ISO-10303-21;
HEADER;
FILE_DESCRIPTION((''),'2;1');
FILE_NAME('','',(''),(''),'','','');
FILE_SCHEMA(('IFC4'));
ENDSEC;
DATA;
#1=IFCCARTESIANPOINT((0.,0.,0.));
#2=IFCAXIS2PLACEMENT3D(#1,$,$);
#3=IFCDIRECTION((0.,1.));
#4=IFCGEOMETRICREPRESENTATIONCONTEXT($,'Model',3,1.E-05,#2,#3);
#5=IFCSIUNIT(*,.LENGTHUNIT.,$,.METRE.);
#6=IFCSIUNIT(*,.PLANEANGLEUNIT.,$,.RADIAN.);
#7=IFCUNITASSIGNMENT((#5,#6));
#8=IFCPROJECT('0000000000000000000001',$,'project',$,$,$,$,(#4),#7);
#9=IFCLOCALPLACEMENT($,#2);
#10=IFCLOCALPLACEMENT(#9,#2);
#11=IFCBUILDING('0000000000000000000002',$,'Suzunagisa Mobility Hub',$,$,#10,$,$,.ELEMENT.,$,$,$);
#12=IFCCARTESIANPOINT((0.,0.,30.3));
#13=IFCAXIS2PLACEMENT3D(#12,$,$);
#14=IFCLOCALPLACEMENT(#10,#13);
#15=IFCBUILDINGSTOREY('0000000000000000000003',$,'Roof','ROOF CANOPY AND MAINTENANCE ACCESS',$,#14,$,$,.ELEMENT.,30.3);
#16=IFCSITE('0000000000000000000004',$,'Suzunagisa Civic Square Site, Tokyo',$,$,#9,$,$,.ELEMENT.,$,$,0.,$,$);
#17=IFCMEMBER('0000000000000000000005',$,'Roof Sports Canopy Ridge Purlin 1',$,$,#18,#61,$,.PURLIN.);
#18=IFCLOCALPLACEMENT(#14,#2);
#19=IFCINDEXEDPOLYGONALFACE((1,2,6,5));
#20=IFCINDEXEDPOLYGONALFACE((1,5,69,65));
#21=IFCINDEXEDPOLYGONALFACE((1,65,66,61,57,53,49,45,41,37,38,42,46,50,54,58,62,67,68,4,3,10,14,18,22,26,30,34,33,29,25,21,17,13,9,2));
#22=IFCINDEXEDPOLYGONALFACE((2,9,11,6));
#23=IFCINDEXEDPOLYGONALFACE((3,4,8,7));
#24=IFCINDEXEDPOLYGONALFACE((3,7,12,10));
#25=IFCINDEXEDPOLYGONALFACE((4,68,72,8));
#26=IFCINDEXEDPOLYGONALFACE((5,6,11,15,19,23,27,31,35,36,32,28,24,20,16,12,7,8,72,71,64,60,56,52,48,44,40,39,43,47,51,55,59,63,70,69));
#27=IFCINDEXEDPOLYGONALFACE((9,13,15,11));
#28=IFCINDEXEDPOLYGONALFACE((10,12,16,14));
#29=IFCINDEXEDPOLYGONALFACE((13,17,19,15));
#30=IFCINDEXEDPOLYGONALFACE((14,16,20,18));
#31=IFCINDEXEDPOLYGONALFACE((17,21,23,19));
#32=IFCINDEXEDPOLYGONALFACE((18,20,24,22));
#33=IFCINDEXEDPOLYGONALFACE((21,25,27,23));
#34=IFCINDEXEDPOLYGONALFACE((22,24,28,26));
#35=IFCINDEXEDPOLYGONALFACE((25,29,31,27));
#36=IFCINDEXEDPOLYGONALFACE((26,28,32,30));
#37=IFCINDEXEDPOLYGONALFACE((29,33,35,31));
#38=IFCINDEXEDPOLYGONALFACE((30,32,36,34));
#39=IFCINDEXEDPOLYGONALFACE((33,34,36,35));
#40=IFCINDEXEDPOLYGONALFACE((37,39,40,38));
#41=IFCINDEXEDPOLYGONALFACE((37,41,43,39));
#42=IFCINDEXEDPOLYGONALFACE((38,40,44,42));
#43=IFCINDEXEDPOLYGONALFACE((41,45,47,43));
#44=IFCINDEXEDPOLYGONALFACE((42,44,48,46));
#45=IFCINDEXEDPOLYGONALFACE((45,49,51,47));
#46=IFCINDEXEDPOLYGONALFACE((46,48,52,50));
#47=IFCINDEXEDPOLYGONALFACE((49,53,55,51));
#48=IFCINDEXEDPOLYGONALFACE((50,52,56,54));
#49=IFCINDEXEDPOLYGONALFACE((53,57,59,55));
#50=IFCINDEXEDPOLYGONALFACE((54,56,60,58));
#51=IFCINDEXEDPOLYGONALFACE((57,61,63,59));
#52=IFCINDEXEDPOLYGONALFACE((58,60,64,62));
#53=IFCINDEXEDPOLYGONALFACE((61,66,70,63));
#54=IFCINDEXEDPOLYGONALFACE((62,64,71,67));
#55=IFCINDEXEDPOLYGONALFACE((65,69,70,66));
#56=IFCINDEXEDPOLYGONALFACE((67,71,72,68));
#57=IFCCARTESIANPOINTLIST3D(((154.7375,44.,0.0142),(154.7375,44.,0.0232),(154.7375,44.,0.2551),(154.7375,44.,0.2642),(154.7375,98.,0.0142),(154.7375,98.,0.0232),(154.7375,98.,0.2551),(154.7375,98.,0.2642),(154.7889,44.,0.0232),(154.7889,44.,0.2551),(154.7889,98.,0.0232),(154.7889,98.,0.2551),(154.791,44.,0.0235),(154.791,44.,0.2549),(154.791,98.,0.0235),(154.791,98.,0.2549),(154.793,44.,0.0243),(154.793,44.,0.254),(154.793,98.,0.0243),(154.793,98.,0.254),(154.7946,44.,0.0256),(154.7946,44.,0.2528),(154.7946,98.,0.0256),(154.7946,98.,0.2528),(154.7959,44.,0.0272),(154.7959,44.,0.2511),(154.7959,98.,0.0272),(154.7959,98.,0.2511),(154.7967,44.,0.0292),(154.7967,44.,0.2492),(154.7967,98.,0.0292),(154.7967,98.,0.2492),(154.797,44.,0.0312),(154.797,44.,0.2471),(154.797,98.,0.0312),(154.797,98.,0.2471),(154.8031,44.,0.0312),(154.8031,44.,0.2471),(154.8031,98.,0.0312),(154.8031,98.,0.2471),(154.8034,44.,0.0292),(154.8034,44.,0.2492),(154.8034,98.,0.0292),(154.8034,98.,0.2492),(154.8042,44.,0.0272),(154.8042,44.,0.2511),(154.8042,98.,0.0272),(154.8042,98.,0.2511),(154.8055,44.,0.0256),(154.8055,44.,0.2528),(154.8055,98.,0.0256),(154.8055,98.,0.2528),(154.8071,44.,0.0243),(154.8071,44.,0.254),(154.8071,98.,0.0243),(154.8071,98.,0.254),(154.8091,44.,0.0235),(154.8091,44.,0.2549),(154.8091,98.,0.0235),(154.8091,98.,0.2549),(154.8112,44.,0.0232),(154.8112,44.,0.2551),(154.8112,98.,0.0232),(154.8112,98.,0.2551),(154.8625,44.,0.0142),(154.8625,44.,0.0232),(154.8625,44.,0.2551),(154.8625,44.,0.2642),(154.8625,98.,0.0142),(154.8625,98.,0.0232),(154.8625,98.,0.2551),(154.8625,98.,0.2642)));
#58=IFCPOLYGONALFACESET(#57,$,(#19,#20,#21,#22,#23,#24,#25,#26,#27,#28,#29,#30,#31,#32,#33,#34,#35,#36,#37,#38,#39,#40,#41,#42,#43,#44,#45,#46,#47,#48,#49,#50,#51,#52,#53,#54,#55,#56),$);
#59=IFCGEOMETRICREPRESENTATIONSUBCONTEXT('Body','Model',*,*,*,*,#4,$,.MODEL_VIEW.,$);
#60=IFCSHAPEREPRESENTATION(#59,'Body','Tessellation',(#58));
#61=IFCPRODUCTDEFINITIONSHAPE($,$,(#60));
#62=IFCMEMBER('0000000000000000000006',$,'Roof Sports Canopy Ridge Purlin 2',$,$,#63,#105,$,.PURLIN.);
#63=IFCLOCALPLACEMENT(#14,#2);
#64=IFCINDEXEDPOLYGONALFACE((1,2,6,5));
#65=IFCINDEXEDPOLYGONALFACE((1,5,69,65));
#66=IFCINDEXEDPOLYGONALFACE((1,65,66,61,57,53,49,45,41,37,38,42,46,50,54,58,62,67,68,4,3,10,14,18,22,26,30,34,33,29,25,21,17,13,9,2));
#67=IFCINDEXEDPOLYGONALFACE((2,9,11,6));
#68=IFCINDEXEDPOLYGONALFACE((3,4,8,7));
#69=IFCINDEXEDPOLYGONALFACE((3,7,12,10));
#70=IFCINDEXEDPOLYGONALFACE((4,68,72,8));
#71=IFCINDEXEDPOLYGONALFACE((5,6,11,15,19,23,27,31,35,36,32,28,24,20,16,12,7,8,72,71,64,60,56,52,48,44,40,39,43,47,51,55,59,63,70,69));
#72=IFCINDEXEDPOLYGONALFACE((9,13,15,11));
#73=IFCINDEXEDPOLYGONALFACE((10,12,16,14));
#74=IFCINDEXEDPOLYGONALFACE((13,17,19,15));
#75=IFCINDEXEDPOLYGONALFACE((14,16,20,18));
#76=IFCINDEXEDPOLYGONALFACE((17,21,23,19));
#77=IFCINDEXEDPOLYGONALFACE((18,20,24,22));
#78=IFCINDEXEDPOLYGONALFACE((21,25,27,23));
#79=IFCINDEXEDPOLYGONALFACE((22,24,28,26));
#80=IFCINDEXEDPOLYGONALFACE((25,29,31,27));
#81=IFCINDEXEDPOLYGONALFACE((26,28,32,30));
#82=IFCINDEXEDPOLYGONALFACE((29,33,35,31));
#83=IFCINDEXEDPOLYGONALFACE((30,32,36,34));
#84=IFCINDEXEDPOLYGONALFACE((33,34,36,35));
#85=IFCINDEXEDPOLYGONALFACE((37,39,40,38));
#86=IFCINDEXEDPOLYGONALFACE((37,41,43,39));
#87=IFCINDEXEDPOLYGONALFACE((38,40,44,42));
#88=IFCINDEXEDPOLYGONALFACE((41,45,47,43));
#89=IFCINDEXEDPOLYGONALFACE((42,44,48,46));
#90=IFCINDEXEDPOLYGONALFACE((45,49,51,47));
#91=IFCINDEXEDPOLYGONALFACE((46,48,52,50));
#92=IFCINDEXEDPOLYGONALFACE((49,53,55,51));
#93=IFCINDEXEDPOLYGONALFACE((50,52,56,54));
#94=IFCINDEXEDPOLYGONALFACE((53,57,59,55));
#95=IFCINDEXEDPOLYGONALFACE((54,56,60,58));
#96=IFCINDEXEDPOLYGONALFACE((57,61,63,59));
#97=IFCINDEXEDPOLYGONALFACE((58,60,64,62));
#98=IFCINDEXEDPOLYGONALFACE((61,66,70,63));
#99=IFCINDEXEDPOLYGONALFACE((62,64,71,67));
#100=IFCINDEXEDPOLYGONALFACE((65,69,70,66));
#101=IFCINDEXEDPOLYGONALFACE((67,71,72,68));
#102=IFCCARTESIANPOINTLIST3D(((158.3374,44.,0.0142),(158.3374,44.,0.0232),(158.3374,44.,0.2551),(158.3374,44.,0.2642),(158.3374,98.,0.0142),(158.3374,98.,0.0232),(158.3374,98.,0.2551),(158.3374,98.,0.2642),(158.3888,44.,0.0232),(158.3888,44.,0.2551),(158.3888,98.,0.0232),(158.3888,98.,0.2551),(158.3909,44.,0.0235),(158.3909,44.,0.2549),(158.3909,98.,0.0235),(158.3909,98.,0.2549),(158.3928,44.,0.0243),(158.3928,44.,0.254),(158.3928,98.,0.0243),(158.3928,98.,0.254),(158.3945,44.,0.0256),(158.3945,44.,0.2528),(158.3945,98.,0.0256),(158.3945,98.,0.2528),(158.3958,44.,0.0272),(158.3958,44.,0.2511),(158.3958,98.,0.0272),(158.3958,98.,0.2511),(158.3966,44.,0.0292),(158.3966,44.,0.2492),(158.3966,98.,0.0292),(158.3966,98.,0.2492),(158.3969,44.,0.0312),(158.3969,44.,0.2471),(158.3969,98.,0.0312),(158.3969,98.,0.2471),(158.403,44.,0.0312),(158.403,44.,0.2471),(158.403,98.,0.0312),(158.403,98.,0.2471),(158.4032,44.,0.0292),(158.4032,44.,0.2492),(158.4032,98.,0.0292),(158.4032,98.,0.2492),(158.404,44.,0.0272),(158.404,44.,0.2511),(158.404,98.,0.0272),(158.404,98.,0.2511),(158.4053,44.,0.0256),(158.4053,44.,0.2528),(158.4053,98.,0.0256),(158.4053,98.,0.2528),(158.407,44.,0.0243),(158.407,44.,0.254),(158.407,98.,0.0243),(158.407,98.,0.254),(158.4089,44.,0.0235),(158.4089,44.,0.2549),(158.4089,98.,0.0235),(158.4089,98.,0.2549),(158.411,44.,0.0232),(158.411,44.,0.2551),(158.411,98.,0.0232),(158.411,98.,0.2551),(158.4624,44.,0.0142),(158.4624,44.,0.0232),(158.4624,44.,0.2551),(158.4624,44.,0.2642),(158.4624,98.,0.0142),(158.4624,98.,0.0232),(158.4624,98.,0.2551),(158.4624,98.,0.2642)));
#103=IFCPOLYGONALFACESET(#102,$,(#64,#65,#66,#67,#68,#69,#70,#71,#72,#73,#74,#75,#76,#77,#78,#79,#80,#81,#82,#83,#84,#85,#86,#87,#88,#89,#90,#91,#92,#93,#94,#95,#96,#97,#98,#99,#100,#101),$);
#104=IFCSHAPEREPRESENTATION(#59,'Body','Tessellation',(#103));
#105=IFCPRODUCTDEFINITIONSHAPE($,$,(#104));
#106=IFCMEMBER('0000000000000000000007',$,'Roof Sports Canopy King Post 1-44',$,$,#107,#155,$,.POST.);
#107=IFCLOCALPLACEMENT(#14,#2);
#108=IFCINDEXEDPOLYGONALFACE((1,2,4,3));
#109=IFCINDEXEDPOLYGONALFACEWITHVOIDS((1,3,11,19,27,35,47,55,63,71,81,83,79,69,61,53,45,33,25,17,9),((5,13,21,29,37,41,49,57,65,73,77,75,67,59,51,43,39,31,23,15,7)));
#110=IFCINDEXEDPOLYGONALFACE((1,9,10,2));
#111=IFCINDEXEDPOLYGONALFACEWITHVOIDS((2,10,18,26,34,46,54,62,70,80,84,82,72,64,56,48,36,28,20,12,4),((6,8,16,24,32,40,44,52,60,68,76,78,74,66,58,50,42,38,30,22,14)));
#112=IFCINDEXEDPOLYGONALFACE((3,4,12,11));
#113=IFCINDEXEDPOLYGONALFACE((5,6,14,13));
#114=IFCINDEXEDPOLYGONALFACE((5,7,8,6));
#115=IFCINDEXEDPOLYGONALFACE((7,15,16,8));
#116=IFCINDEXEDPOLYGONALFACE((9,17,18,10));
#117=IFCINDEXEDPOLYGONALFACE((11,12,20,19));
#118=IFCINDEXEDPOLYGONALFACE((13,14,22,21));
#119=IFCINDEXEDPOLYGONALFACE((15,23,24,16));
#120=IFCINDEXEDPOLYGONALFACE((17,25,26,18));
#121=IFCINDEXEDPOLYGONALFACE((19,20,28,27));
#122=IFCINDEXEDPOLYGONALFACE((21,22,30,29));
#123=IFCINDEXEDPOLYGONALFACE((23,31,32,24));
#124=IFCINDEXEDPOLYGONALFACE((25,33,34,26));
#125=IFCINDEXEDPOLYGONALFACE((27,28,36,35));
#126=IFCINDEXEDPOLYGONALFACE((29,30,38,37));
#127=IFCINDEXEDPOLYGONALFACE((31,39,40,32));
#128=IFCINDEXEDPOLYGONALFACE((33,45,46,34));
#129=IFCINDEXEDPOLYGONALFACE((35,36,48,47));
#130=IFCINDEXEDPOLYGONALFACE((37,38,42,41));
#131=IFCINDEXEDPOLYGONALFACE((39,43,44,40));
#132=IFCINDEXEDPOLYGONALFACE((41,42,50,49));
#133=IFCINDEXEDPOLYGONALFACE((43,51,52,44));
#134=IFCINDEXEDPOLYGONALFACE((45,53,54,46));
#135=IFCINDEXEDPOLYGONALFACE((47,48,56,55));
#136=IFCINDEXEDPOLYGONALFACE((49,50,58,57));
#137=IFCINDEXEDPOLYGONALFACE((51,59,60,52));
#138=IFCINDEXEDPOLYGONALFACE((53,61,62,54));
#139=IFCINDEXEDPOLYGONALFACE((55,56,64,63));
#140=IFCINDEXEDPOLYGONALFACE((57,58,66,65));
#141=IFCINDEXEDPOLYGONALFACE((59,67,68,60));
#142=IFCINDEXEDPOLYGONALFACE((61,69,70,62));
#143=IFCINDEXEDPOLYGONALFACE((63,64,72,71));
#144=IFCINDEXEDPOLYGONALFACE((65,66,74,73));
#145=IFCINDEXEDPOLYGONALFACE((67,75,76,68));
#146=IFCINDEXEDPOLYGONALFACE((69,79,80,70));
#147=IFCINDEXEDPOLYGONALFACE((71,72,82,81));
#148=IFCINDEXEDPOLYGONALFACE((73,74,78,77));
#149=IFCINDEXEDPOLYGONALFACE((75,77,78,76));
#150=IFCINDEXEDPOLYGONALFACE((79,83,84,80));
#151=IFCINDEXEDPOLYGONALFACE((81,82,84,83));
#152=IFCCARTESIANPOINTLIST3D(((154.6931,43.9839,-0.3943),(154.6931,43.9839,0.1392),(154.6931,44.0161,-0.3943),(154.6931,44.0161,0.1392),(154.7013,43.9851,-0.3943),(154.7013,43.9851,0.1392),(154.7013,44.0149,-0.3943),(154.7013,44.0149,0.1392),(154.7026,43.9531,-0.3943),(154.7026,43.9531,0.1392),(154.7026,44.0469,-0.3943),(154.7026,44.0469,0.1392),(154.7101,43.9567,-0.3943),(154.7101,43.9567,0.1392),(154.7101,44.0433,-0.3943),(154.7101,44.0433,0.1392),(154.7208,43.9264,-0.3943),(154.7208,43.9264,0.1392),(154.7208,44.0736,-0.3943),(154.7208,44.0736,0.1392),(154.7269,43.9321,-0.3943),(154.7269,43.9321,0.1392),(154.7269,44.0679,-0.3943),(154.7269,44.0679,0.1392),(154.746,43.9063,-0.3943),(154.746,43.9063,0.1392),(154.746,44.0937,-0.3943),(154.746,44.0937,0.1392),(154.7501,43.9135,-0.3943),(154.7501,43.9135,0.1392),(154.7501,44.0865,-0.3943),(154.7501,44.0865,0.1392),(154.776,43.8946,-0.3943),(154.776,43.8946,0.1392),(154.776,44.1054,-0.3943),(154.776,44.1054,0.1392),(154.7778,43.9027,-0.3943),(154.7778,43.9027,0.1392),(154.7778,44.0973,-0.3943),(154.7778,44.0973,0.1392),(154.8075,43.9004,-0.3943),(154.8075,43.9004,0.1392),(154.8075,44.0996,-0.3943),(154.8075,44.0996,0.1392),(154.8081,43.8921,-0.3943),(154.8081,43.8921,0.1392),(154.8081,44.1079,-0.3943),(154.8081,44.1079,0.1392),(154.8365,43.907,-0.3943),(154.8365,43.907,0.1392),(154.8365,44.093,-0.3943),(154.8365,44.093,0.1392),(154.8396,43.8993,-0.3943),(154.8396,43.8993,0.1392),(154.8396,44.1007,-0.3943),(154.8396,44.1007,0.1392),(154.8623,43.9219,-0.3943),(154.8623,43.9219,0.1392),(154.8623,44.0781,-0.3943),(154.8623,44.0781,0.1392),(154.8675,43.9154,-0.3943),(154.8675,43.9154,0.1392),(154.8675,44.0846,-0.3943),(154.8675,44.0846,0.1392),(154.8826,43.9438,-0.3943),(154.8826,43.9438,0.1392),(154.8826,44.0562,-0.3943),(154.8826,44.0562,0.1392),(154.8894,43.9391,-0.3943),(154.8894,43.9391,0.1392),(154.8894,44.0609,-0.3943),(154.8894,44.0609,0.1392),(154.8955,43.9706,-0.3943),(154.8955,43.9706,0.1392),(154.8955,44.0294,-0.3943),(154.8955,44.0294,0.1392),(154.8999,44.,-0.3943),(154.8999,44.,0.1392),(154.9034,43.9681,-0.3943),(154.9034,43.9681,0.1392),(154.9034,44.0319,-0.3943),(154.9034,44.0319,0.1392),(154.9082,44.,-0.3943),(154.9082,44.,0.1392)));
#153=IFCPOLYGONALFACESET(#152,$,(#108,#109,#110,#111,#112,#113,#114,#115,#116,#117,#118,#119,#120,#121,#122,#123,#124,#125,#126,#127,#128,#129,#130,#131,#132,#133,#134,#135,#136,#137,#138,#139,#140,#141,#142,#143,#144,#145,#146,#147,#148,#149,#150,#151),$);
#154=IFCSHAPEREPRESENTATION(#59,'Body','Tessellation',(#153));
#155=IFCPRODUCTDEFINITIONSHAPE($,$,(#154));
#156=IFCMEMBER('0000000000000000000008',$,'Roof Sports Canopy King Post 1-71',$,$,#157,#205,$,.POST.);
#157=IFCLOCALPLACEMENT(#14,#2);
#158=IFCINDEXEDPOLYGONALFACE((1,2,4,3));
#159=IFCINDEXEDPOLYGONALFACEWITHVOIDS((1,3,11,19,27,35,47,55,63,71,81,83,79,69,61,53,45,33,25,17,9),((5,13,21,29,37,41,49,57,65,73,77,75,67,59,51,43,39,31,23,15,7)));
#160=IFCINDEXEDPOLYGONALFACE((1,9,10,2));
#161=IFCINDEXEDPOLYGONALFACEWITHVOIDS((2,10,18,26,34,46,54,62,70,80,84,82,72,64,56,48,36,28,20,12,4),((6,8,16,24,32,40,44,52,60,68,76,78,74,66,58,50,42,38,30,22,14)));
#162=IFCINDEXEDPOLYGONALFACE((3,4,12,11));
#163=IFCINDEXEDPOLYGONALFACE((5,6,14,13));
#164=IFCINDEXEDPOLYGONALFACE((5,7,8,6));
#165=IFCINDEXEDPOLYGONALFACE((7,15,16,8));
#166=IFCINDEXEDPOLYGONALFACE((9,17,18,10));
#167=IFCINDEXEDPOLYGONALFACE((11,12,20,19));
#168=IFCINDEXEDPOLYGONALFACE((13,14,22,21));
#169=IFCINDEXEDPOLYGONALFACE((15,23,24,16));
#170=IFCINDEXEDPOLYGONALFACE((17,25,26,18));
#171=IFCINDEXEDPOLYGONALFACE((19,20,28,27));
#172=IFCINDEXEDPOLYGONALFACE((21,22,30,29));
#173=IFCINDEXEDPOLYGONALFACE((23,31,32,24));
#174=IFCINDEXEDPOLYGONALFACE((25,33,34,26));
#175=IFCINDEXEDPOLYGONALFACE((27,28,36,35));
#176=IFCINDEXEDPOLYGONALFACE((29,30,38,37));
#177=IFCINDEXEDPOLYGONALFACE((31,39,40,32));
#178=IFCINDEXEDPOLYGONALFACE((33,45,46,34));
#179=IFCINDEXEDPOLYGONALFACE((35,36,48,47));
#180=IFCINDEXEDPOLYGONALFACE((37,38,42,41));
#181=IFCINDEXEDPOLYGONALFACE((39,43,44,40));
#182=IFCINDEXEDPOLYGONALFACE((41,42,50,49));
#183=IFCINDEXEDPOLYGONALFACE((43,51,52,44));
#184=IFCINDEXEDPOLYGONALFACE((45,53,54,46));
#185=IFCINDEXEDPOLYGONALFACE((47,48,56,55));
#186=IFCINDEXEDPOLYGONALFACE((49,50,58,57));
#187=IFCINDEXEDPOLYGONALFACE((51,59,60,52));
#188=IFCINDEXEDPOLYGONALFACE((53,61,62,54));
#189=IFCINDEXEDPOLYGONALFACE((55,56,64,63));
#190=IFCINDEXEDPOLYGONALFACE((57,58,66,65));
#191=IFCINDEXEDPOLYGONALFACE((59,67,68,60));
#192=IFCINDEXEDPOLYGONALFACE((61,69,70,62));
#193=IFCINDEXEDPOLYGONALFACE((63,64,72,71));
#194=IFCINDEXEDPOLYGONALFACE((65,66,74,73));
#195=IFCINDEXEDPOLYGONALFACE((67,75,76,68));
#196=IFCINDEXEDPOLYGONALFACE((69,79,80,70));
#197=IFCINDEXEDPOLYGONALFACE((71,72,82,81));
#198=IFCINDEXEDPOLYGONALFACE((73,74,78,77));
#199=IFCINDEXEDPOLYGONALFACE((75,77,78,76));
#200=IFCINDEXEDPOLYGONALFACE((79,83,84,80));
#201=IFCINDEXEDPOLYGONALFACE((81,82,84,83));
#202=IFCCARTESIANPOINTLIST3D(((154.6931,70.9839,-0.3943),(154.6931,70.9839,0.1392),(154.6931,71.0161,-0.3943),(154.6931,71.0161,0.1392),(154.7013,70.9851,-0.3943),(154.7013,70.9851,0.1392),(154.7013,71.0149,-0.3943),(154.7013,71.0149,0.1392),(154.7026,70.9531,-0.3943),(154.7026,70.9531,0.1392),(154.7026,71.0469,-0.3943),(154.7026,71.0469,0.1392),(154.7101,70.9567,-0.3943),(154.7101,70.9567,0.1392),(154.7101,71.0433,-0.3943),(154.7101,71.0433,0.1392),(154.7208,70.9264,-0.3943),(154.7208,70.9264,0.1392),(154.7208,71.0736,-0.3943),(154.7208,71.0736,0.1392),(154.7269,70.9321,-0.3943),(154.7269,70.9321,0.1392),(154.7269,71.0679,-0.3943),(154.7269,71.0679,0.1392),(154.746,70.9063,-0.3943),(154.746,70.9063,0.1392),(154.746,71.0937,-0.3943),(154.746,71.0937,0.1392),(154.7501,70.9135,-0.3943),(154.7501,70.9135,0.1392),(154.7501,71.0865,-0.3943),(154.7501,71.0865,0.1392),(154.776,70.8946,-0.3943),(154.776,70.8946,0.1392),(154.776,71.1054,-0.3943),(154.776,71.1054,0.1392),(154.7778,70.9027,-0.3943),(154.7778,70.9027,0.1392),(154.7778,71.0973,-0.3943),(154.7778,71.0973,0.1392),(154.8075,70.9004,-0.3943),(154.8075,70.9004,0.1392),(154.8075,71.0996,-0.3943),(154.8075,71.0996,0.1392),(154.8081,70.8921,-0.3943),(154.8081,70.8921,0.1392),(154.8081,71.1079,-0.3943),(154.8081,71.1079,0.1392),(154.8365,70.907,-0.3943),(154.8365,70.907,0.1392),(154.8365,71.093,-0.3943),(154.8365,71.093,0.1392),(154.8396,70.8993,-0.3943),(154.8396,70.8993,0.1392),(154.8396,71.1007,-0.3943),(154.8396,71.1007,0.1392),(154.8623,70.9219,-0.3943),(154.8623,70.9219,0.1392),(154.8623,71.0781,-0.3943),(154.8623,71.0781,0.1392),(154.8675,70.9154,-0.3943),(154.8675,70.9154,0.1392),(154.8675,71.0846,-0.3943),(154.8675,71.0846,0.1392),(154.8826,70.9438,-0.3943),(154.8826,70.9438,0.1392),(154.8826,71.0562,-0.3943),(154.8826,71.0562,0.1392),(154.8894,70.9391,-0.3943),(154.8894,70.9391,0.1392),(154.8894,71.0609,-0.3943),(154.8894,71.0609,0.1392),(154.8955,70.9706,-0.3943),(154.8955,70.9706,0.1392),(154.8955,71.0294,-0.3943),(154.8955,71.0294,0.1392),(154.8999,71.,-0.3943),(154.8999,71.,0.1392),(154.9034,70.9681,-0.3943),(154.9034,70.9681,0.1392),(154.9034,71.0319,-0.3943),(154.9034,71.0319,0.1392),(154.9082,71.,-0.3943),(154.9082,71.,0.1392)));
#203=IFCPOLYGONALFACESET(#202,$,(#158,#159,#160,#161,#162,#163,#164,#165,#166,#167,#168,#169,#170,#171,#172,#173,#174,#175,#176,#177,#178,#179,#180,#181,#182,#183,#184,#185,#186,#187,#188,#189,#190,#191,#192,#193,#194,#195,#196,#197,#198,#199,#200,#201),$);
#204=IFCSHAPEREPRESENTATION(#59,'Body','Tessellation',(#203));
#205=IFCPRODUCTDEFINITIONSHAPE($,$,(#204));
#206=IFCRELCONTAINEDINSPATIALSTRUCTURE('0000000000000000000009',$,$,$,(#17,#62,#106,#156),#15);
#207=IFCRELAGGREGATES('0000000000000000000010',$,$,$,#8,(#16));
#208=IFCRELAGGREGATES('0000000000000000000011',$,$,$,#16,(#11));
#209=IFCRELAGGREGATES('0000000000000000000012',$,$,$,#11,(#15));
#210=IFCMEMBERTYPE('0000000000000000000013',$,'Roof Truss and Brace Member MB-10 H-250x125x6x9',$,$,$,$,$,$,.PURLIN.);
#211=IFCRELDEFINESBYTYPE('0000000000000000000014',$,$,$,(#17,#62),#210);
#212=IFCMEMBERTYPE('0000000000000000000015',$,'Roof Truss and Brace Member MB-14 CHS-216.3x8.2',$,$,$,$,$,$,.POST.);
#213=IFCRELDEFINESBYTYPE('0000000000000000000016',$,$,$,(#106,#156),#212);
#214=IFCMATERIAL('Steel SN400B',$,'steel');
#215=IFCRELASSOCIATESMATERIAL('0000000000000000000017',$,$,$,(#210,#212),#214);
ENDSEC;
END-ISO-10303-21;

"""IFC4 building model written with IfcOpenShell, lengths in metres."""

from ifc_helpers import new_model, si_unit, direction, frame, origin, origin_2d, place, context, subcontext, project, spatial, hollow_circle, i_section, extrude, material, material_profile, profile_set, type_object, element, save


model = new_model("IFC4")

# Units and contexts
model_context = context("Model", 3, precision=1e-05, world=origin(), true_north=direction((0.0, 1.0)))
body_context = subcontext(model_context, "Body", "Model", "MODEL_VIEW")
ifc_project = project(units=[si_unit("LENGTHUNIT", "METRE"), si_unit("PLANEANGLEUNIT", "RADIAN")], contexts=[model_context])

# Site, building, storey
site_placement = place(None, origin())
site = spatial("IfcSite", under=ifc_project, at=site_placement, Name="Suzunagisa Civic Square Site, Tokyo", CompositionType="ELEMENT", RefElevation=0.0)
building_placement = place(site_placement, origin())
building = spatial("IfcBuilding", under=site, at=building_placement, Name="Suzunagisa Mobility Hub", CompositionType="ELEMENT")
storey_placement = place(building_placement, frame((0.0, 0.0, 30.3)))
storey = spatial("IfcBuildingStorey", under=building, at=storey_placement, Name="Roof", Description="ROOF CANOPY AND MAINTENANCE ACCESS", CompositionType="ELEMENT", Elevation=30.3)

# Members
ifc_material_1 = material(Name="Steel SN400B", Category="steel")
ifc_material_profile_1 = material_profile(ifc_material_1, i_section(OverallWidth=0.125, OverallDepth=0.25, WebThickness=0.0061, FlangeThickness=0.009, FilletRadius=0.0081, at=origin_2d()), Name="H-250x125x6x9")
ifc_profile_set_1 = profile_set([ifc_material_profile_1], Name="Steel SN400B")
member_type_1 = type_object("IfcMemberType", Name="Roof Truss and Brace Member MB-10 H-250x125x6x9", PredefinedType="PURLIN", material=ifc_profile_set_1)
for number, where, z_axis, x_axis, name in (
    (1, (154.8, 44.0, 0.1392), (0.0, 1.0, 0.0), (-1.0, 0.0, 0.0), "Roof Sports Canopy Ridge Purlin 1"),
    (2, (158.3999, 44.0, 0.1392), (0.0, 1.0, 0.0), (-1.0, 0.0, 0.0), "Roof Sports Canopy Ridge Purlin 2"),
):
    element("IfcMember", number, at=place(storey_placement, frame(where, z_axis=z_axis, x_axis=x_axis)), inside=storey, type_object=member_type_1, Name=name, PredefinedType="PURLIN", context=body_context, shape_type="SweptSolid", body=[
        extrude(i_section(OverallWidth=0.125, OverallDepth=0.25, WebThickness=0.0061, FlangeThickness=0.009, FilletRadius=0.0081, at=origin_2d()), origin(), (0.0, 0.0, 1.0), 54.0),
    ])
ifc_material_profile_2 = material_profile(ifc_material_1, hollow_circle(Radius=0.1082, WallThickness=0.0083, at=origin_2d()), Name="CHS-216.3x8.2")
ifc_profile_set_2 = profile_set([ifc_material_profile_2], Name="Steel SN400B")
member_type_2 = type_object("IfcMemberType", Name="Roof Truss and Brace Member MB-14 CHS-216.3x8.2", PredefinedType="POST", material=ifc_profile_set_2)
for number, where, z_axis, x_axis, name in (
    (3, (154.8, 44.0, -0.3943), (0.0, 0.0, 1.0), (1.0, 0.0, 0.0), "Roof Sports Canopy King Post 1-44"),
    (4, (154.8, 71.0, -0.3943), (0.0, 0.0, 1.0), (1.0, 0.0, 0.0), "Roof Sports Canopy King Post 1-71"),
):
    element("IfcMember", number, at=place(storey_placement, frame(where, z_axis=z_axis, x_axis=x_axis)), inside=storey, type_object=member_type_2, Name=name, PredefinedType="POST", context=body_context, shape_type="SweptSolid", body=[
        extrude(hollow_circle(Radius=0.1082, WallThickness=0.0083, at=origin_2d()), origin(), (0.0, 0.0, 1.0), 0.5334),
    ])

save(model, "model.ifc")
